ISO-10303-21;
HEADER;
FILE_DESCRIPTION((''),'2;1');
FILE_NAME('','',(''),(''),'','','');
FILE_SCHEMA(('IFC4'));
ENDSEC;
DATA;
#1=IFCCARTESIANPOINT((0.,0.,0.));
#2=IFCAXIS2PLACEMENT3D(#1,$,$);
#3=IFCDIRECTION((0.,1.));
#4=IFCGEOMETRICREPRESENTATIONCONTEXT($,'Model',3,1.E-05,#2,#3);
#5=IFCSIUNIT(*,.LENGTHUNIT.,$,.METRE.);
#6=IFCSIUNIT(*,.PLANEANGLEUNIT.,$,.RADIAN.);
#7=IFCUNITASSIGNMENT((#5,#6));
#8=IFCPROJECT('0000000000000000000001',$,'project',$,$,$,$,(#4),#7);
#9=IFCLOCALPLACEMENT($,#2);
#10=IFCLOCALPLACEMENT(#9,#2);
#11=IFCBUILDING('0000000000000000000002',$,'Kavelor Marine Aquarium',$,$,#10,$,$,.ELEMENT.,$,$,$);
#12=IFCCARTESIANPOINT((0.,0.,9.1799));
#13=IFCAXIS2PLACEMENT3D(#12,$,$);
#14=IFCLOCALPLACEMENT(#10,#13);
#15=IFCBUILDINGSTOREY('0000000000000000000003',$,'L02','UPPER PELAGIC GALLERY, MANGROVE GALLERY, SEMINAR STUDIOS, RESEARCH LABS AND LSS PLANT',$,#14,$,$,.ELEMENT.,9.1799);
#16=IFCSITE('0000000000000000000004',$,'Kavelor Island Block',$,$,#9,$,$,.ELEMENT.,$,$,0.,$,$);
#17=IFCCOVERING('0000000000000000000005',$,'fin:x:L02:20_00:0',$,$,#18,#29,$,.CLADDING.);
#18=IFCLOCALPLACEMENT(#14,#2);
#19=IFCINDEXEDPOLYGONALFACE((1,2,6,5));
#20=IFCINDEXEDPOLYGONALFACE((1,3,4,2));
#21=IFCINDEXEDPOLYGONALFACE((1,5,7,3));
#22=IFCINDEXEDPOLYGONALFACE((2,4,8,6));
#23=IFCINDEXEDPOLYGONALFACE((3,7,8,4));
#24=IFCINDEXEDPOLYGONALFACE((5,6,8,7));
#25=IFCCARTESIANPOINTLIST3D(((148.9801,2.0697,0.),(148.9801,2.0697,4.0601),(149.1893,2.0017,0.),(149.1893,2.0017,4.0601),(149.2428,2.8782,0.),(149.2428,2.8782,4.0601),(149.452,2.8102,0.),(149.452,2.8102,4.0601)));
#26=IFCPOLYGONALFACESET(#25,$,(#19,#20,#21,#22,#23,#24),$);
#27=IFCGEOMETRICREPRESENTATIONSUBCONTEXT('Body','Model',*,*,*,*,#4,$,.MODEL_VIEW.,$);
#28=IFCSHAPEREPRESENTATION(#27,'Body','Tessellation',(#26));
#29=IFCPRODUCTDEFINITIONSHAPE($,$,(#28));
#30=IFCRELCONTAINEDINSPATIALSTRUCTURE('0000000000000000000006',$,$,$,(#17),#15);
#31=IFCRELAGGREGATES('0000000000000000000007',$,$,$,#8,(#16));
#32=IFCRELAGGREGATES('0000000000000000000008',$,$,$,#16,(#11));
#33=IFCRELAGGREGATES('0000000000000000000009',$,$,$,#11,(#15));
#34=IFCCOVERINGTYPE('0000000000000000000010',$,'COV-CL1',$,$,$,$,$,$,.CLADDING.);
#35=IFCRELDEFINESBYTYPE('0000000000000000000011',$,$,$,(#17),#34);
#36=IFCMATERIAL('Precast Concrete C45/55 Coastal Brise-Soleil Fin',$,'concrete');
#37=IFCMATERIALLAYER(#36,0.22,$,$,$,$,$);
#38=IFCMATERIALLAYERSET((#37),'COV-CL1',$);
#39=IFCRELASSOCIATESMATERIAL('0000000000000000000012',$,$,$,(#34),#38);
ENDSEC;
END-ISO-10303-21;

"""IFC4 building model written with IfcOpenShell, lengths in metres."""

from ifc_helpers import new_model, si_unit, direction, frame, origin, origin_2d, place, context, subcontext, project, spatial, rectangle, extrude, material, layer, layer_set, type_object, element, save


model = new_model("IFC4")

# Units and contexts
model_context = context("Model", 3, precision=1e-05, world=origin(), true_north=direction((0.0, 1.0)))
body_context = subcontext(model_context, "Body", "Model", "MODEL_VIEW")
ifc_project = project(units=[si_unit("LENGTHUNIT", "METRE"), si_unit("PLANEANGLEUNIT", "RADIAN")], contexts=[model_context])

# Site, building, storey
site_placement = place(None, origin())
site = spatial("IfcSite", under=ifc_project, at=site_placement, Name="Kavelor Island Block", CompositionType="ELEMENT", RefElevation=0.0)
building_placement = place(site_placement, origin())
building = spatial("IfcBuilding", under=site, at=building_placement, Name="Kavelor Marine Aquarium", CompositionType="ELEMENT")
storey_placement = place(building_placement, frame((0.0, 0.0, 9.1799)))
storey = spatial("IfcBuildingStorey", under=building, at=storey_placement, Name="L02", Description="UPPER PELAGIC GALLERY, MANGROVE GALLERY, SEMINAR STUDIOS, RESEARCH LABS AND LSS PLANT", CompositionType="ELEMENT", Elevation=9.1799)

# Covering
ifc_material_1 = material(Name="Precast Concrete C45/55 Coastal Brise-Soleil Fin", Category="concrete")
ifc_layer_1 = layer(ifc_material_1, 0.22)
ifc_layer_set_1 = layer_set([ifc_layer_1], Name="COV-CL1")
covering_type = type_object("IfcCoveringType", Name="COV-CL1", PredefinedType="CLADDING", material=ifc_layer_set_1)
for number, where, z_axis, x_axis, name in (
    (1, (149.2161, 2.4399, 0.0), (0.0, 0.0, 1.0), (0.951057, -0.309017, 0.0), "fin:x:L02:20_00:0"),
):
    element("IfcCovering", number, at=place(storey_placement, frame(where, z_axis=z_axis, x_axis=x_axis)), inside=storey, type_object=covering_type, Name=name, PredefinedType="CLADDING", context=body_context, shape_type="SweptSolid", body=[
        extrude(rectangle(XDim=0.22, YDim=0.8501, at=origin_2d()), origin(), (0.0, 0.0, 1.0), 4.0601),
    ])

save(model, "model.ifc")
